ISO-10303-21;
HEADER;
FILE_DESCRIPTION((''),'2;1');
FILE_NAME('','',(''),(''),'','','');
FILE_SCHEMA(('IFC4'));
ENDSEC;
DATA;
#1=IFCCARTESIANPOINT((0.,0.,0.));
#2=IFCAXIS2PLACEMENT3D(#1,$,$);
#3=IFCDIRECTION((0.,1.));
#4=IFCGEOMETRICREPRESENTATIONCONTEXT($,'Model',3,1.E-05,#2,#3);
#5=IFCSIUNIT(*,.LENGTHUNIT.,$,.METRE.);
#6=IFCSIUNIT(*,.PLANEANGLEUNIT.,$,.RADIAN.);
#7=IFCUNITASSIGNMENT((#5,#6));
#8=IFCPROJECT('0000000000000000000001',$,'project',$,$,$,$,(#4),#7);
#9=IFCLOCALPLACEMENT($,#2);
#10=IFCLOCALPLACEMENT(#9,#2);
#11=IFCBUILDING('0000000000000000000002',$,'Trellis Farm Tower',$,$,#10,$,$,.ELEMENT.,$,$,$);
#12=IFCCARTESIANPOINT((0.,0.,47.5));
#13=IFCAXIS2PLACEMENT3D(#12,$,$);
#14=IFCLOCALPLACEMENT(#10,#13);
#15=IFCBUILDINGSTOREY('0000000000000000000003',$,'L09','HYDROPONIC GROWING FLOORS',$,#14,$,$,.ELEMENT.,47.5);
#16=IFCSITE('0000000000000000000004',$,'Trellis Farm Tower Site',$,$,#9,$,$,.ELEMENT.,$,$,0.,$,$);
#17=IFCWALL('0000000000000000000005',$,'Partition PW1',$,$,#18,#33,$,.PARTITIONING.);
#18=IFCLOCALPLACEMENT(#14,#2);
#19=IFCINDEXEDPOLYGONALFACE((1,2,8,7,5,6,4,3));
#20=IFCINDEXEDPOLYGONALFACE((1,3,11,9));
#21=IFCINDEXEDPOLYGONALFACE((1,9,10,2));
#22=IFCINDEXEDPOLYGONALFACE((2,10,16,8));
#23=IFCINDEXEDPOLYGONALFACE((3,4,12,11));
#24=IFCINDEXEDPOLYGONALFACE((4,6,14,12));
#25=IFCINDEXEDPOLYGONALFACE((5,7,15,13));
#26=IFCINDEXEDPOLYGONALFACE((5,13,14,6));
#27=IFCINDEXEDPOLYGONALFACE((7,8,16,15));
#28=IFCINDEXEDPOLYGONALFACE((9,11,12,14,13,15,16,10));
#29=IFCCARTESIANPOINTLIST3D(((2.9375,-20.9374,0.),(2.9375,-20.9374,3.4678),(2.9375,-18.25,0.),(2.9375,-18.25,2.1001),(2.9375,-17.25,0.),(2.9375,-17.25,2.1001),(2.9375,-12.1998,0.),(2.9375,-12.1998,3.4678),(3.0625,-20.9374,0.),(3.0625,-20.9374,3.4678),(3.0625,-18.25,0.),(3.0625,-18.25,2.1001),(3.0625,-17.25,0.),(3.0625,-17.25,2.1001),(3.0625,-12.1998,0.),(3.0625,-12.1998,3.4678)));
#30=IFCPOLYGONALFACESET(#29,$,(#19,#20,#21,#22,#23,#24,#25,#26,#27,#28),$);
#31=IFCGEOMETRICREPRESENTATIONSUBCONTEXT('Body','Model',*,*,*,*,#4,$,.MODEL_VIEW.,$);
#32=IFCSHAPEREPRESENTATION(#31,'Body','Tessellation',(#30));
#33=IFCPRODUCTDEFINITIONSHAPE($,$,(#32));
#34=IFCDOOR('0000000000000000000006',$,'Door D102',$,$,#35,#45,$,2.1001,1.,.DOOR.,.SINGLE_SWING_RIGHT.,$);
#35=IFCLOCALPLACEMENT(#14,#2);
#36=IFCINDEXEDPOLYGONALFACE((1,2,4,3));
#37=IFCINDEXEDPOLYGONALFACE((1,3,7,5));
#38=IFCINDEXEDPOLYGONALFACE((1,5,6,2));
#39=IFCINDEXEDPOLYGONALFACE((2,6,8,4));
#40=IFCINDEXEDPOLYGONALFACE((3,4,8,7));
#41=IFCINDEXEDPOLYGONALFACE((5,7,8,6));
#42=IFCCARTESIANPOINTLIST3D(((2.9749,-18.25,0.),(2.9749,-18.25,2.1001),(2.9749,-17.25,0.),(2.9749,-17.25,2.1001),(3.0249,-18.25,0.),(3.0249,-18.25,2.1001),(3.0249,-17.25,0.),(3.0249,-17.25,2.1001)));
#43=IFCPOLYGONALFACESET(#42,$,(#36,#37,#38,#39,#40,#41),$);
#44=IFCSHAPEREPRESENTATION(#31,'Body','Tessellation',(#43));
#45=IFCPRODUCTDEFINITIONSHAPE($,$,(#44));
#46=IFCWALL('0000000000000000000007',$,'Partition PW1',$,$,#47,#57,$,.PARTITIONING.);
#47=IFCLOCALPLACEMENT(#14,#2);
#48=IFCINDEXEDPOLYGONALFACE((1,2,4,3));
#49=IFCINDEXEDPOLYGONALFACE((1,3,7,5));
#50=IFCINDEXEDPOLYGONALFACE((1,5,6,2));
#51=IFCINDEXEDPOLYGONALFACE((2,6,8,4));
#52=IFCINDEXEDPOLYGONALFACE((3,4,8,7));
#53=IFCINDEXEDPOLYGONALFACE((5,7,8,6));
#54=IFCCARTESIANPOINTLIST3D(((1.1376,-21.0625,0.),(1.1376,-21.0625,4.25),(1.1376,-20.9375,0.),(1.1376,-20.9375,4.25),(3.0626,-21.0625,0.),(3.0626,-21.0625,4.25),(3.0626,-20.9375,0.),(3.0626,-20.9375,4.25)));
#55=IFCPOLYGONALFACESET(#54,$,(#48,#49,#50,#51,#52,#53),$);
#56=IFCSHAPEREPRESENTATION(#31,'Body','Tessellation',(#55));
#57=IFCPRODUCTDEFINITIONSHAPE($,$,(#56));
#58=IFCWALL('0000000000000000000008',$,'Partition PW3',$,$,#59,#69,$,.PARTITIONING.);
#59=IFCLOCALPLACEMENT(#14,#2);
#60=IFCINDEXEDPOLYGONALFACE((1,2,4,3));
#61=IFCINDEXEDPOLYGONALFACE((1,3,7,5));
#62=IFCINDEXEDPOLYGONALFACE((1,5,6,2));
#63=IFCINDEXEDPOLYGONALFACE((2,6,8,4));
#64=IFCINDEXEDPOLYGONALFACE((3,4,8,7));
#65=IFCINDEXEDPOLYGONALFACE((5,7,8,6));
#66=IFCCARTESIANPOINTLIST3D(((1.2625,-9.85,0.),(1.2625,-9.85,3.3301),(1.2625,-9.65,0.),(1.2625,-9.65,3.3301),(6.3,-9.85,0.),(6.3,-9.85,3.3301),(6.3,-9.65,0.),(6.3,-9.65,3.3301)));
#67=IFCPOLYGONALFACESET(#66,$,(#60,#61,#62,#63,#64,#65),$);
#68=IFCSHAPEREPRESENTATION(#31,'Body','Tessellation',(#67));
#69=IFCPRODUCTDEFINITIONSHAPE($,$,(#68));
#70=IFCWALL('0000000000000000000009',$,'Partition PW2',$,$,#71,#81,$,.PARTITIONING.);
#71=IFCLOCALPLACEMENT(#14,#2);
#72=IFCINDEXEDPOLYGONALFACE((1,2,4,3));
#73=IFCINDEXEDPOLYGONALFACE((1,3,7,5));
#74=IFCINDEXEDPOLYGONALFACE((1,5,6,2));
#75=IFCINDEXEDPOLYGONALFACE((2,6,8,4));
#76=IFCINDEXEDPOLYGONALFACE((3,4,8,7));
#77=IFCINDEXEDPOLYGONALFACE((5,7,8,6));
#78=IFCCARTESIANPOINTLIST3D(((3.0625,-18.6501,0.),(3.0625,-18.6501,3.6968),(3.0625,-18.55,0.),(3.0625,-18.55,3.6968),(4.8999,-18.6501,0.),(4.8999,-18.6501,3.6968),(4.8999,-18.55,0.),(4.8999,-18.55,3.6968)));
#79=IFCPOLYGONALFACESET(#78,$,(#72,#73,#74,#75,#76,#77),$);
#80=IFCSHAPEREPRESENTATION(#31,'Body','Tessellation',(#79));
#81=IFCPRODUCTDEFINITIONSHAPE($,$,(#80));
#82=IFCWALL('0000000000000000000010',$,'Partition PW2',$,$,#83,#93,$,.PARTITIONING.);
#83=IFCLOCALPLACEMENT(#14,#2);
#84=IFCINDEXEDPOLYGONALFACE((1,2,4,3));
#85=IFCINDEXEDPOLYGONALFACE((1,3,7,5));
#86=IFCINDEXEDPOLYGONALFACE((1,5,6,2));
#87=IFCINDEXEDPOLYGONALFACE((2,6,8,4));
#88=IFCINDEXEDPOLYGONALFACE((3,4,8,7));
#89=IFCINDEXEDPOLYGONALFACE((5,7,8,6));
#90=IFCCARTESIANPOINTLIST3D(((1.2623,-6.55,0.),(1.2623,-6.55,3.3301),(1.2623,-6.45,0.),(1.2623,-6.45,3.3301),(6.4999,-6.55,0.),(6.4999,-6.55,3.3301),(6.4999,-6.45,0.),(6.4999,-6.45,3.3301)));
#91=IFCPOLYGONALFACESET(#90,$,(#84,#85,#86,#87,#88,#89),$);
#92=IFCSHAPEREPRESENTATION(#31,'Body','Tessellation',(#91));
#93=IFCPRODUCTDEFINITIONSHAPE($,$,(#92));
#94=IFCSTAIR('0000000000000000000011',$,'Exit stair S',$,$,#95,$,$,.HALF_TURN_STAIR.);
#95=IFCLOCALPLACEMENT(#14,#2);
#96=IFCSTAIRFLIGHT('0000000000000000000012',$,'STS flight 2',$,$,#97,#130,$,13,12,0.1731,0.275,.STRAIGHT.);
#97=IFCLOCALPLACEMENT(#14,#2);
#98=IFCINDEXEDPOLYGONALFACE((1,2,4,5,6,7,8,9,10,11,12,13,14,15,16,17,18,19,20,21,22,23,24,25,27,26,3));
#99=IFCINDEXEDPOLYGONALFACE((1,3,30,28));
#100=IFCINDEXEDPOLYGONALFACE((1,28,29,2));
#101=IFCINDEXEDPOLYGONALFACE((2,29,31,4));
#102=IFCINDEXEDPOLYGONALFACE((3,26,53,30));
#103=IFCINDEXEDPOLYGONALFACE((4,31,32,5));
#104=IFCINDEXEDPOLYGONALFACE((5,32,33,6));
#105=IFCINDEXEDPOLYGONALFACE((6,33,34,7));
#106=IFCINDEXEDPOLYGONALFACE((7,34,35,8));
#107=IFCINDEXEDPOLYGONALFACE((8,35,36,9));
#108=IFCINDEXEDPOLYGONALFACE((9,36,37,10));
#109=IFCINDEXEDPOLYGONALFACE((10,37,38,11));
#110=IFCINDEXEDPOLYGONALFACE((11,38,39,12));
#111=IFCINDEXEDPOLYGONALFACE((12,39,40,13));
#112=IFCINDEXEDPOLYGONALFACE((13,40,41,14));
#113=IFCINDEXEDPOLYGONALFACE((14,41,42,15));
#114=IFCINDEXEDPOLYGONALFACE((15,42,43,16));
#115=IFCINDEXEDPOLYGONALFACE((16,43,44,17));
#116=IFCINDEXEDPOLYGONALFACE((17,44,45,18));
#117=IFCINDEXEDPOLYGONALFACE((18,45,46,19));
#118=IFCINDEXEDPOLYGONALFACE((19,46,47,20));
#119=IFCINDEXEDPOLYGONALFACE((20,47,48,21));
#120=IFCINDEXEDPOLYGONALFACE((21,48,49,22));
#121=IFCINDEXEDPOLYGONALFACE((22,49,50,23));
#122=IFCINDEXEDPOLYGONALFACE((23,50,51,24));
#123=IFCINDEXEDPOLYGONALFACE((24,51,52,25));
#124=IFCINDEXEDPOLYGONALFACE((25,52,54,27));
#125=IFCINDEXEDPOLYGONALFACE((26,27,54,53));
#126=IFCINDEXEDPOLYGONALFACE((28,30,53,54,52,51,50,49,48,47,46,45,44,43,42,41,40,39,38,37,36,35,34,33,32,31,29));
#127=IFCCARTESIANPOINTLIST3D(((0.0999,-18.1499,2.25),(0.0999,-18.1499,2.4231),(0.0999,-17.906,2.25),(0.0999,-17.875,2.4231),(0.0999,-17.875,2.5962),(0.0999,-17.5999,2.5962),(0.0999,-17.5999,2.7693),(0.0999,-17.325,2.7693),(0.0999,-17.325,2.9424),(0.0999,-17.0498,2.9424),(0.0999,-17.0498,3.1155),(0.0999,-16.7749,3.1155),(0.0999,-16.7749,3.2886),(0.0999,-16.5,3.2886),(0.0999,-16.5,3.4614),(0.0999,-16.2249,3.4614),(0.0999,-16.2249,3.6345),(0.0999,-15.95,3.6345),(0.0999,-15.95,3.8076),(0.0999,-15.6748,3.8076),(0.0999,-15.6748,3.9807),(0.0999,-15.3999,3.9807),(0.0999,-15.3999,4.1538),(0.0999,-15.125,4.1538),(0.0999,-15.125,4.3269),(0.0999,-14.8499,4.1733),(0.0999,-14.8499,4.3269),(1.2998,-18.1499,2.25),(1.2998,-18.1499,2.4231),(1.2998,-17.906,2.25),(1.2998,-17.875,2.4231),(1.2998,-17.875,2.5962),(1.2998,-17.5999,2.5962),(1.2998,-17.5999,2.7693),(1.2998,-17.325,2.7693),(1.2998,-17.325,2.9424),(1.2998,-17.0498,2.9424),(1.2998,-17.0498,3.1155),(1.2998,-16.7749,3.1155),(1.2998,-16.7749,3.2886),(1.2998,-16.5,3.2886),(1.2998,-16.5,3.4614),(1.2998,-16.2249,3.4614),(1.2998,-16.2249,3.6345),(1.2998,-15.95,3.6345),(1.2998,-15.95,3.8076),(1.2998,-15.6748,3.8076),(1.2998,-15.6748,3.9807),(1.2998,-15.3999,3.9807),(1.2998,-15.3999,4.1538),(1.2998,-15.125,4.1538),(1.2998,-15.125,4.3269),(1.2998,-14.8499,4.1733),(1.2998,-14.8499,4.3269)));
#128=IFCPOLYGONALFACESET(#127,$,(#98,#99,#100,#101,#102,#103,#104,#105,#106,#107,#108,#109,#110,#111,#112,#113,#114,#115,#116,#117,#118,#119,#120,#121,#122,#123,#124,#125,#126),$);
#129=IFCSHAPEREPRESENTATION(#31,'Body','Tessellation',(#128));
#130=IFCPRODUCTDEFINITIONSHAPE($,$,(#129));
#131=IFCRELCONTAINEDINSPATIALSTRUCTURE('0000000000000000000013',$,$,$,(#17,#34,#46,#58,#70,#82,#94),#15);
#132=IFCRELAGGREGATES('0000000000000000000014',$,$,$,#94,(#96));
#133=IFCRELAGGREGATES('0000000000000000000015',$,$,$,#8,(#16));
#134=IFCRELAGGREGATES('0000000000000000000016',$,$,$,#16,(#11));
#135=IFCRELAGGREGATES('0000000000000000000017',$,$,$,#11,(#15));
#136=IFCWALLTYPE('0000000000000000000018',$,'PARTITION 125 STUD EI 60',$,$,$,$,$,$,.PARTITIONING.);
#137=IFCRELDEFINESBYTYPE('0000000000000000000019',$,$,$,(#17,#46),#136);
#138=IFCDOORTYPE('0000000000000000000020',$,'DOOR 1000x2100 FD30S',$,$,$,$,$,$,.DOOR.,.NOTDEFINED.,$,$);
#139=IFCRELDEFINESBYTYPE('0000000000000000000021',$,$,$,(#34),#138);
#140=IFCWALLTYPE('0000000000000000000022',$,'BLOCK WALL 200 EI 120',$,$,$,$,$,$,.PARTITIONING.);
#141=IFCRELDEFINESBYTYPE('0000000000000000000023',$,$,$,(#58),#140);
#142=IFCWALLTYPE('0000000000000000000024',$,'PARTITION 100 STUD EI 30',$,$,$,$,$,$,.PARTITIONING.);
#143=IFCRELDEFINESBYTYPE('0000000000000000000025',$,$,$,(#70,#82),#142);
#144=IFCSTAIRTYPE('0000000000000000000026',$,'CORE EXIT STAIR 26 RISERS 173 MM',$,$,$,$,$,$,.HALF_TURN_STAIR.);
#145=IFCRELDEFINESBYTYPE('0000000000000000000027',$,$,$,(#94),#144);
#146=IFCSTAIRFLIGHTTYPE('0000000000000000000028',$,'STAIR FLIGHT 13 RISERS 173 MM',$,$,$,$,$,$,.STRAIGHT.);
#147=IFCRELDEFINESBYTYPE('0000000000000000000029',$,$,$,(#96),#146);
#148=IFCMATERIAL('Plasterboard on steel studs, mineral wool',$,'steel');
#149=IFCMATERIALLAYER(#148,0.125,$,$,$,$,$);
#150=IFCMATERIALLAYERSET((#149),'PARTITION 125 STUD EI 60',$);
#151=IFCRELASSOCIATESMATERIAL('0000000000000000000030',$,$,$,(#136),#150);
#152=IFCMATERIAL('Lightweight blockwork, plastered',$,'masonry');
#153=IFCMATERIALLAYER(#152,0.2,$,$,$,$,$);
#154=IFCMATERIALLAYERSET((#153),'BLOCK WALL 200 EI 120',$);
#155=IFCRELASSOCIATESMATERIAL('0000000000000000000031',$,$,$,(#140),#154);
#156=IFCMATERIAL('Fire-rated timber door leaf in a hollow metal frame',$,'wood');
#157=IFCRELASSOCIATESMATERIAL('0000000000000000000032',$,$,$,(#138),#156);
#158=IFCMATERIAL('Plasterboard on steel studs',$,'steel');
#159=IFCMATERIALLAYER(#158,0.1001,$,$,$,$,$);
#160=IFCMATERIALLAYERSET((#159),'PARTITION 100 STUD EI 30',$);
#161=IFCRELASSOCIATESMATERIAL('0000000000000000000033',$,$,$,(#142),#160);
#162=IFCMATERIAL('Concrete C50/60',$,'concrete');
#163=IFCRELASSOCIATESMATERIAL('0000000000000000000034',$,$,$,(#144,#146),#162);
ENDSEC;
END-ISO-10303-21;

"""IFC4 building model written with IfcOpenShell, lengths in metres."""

from ifc_helpers import new_model, si_unit, direction, frame, frame_2d, origin, place, context, subcontext, project, spatial, polyline, rectangle, outline, extrude, source, transform, mapped, material, layer, layer_set, type_object, element, fill, aggregate, save


model = new_model("IFC4")

# Units and contexts
model_context = context("Model", 3, precision=1e-05, world=origin(), true_north=direction((0.0, 1.0)))
body_context = subcontext(model_context, "Body", "Model", "MODEL_VIEW")
ifc_project = project(units=[si_unit("LENGTHUNIT", "METRE"), si_unit("PLANEANGLEUNIT", "RADIAN")], contexts=[model_context])

# Site, building, storey
site_placement = place(None, origin())
site = spatial("IfcSite", under=ifc_project, at=site_placement, Name="Trellis Farm Tower Site", CompositionType="ELEMENT", RefElevation=0.0)
building_placement = place(site_placement, origin())
building = spatial("IfcBuilding", under=site, at=building_placement, Name="Trellis Farm Tower", CompositionType="ELEMENT")
storey_placement = place(building_placement, frame((0.0, 0.0, 47.5)))
storey = spatial("IfcBuildingStorey", under=building, at=storey_placement, Name="L09", Description="HYDROPONIC GROWING FLOORS", CompositionType="ELEMENT", Elevation=47.5)

# Shared definitions
placement = place(storey_placement, origin())

# Shared definitions
ifc_material_1 = material(Name="Plasterboard on steel studs, mineral wool", Category="steel")
ifc_layer_1 = layer(ifc_material_1, 0.125)
ifc_layer_set_1 = layer_set([ifc_layer_1], Name="PARTITION 125 STUD EI 60")
wall_type_1 = type_object("IfcWallType", Name="PARTITION 125 STUD EI 60", PredefinedType="PARTITIONING", material=ifc_layer_set_1)
ifc_material_2 = material(Name="Lightweight blockwork, plastered", Category="masonry")
ifc_layer_2 = layer(ifc_material_2, 0.2)
ifc_layer_set_2 = layer_set([ifc_layer_2], Name="BLOCK WALL 200 EI 120")
wall_type_2 = type_object("IfcWallType", Name="BLOCK WALL 200 EI 120", PredefinedType="PARTITIONING", material=ifc_layer_set_2)

# Shared definitions
shared_shape_1 = source(origin(), body_context, "Body", "SweptSolid", [
    extrude(rectangle(XDim=1.0, YDim=2.1001, at=frame_2d((0.5, 1.05))), frame((0.0, 0.0725, 0.0), z_axis=(0.0, -1.0, 0.0), x_axis=(1.0, 0.0, 0.0)), (0.0, 0.0, 1.0), 0.145),
])
ifc_material_3 = material(Name="Fire-rated timber door leaf in a hollow metal frame", Category="wood")
door_type_1 = type_object("IfcDoorType", Name="DOOR 1000x2100 FD30S", OperationType="NOTDEFINED", PredefinedType="DOOR", material=ifc_material_3)
shared_shape_2 = source(origin(), body_context, "Body", "SweptSolid", [
    extrude(rectangle(XDim=1.0, YDim=2.1001, at=frame_2d((0.5, 1.05))), frame((0.0, 0.0249, 0.0), z_axis=(0.0, -1.0, 0.0), x_axis=(1.0, 0.0, 0.0)), (0.0, 0.0, 1.0), 0.05),
])

# Wall, opening, door
shared_shape_3 = source(origin(), body_context, "Body", "SweptSolid", [
    extrude(rectangle(XDim=8.7375, YDim=0.125, at=frame_2d((4.3687, 0.0))), origin(), (0.0, 0.0, 1.0), 3.4678),
])
wall_1_placement = place(storey_placement, frame((3.0, -12.2, 0.0), z_axis=(0.0, 0.0, 1.0), x_axis=(0.0, -1.0, 0.0)))
wall_1 = element("IfcWall", 1, at=wall_1_placement, inside=storey, type_object=wall_type_1, Name="Partition PW1", PredefinedType="PARTITIONING", context=body_context, shape_type="MappedRepresentation", body=[
    mapped(shared_shape_3, transform((0.0, 0.0, 0.0))),
])
opening_1_placement = place(wall_1_placement, frame((5.05, 0.0, 0.0)))
opening_1 = element("IfcOpeningElement", 2, at=opening_1_placement, cuts=wall_1, PredefinedType="OPENING", context=body_context, shape_type="MappedRepresentation", body=[
    mapped(shared_shape_1, transform((0.0, 0.0, 0.0))),
])
door_1_placement = place(opening_1_placement, origin())
door_1 = element("IfcDoor", 3, at=door_1_placement, inside=storey, type_object=door_type_1, Name="Door D102", OperationType="SINGLE_SWING_RIGHT", OverallHeight=2.1001, OverallWidth=1.0, PredefinedType="DOOR", context=body_context, shape_type="MappedRepresentation", body=[
    mapped(shared_shape_2, transform((0.0, 0.0, 0.0))),
])
fill(opening_1, door_1)

# Walls
shared_shape_4 = source(origin(), body_context, "Body", "SweptSolid", [
    extrude(rectangle(XDim=1.925, YDim=0.125, at=frame_2d((0.9624, 0.0))), origin(), (0.0, 0.0, 1.0), 4.25),
])
wall_2_placement = place(storey_placement, frame((3.0625, -21.0, 0.0), z_axis=(0.0, 0.0, 1.0), x_axis=(-1.0, 0.0, 0.0)))
element("IfcWall", 4, at=wall_2_placement, inside=storey, type_object=wall_type_1, Name="Partition PW1", PredefinedType="PARTITIONING", context=body_context, shape_type="MappedRepresentation", body=[
    mapped(shared_shape_4, transform((0.0, 0.0, 0.0))),
])
shared_shape_5 = source(origin(), body_context, "Body", "SweptSolid", [
    extrude(rectangle(XDim=5.0376, YDim=0.2, at=frame_2d((2.5188, 0.0))), origin(), (0.0, 0.0, 1.0), 3.3301),
])
wall_3_placement = place(storey_placement, frame((1.2625, -9.75, 0.0), z_axis=(0.0, 0.0, 1.0), x_axis=(1.0, 0.0, 0.0)))
element("IfcWall", 5, at=wall_3_placement, inside=storey, type_object=wall_type_2, Name="Partition PW3", PredefinedType="PARTITIONING", context=body_context, shape_type="MappedRepresentation", body=[
    mapped(shared_shape_5, transform((0.0, 0.0, 0.0))),
])
ifc_material_4 = material(Name="Plasterboard on steel studs", Category="steel")
ifc_layer_3 = layer(ifc_material_4, 0.1001)
ifc_layer_set_3 = layer_set([ifc_layer_3], Name="PARTITION 100 STUD EI 30")
wall_type_3 = type_object("IfcWallType", Name="PARTITION 100 STUD EI 30", PredefinedType="PARTITIONING", material=ifc_layer_set_3)
shared_shape_6 = source(origin(), body_context, "Body", "SweptSolid", [
    extrude(rectangle(XDim=1.8374, YDim=0.1001, at=frame_2d((0.9187, 0.0))), origin(), (0.0, 0.0, 1.0), 3.6968),
])
wall_4_placement = place(storey_placement, frame((3.0625, -18.6001, 0.0), z_axis=(0.0, 0.0, 1.0), x_axis=(1.0, 0.0, 0.0)))
element("IfcWall", 6, at=wall_4_placement, inside=storey, type_object=wall_type_3, Name="Partition PW2", PredefinedType="PARTITIONING", context=body_context, shape_type="MappedRepresentation", body=[
    mapped(shared_shape_6, transform((0.0, 0.0, 0.0))),
])
shared_shape_7 = source(origin(), body_context, "Body", "SweptSolid", [
    extrude(rectangle(XDim=5.2375, YDim=0.1001, at=frame_2d((2.6187, 0.0))), origin(), (0.0, 0.0, 1.0), 3.3301),
])
wall_5_placement = place(storey_placement, frame((1.2625, -6.5, 0.0), z_axis=(0.0, 0.0, 1.0), x_axis=(1.0, 0.0, 0.0)))
element("IfcWall", 7, at=wall_5_placement, inside=storey, type_object=wall_type_3, Name="Partition PW2", PredefinedType="PARTITIONING", context=body_context, shape_type="MappedRepresentation", body=[
    mapped(shared_shape_7, transform((0.0, 0.0, 0.0))),
])

# Stair, stair flight
ifc_material_5 = material(Name="Concrete C50/60", Category="concrete")
stair_type = type_object("IfcStairType", Name="CORE EXIT STAIR 26 RISERS 173 MM", PredefinedType="HALF_TURN_STAIR", material=ifc_material_5)
stair = element("IfcStair", 8, at=placement, inside=storey, type_object=stair_type, Name="Exit stair S", PredefinedType="HALF_TURN_STAIR")
stair_flight_type = type_object("IfcStairFlightType", Name="STAIR FLIGHT 13 RISERS 173 MM", PredefinedType="STRAIGHT", material=ifc_material_5)
shared_shape_8 = source(origin(), body_context, "Body", "SweptSolid", [
    extrude(outline(polyline([(0.0, 0.0), (0.0, 0.1731), (0.2749, 0.1731), (0.2749, 0.3462), (0.55, 0.3462), (0.55, 0.5193), (0.825, 0.5193), (0.825, 0.6924), (1.1001, 0.6924), (1.1001, 0.8655), (1.375, 0.8655), (1.375, 1.0386), (1.6499, 1.0386), (1.6499, 1.2114), (1.925, 1.2114), (1.925, 1.3845), (2.2, 1.3845), (2.2, 1.5576), (2.4751, 1.5576), (2.4751, 1.7307), (2.75, 1.7307), (2.75, 1.9038), (3.0249, 1.9038), (3.0249, 2.0769), (3.3, 2.0769), (3.3, 2.25), (3.3, 1.9233), (0.2439, 0.0), (0.0, 0.0)])), frame((0.0, 0.6001, 0.0), z_axis=(0.0, -1.0, 0.0), x_axis=(1.0, 0.0, 0.0)), (0.0, 0.0, 1.0), 1.2),
])
stair_flight_placement = place(storey_placement, frame((0.7, -18.1499, 2.25), z_axis=(0.0, 0.0, 1.0), x_axis=(0.0, 1.0, 0.0)))
stair_flight = element("IfcStairFlight", 9, at=stair_flight_placement, type_object=stair_flight_type, Name="STS flight 2", NumberOfRisers=13, NumberOfTreads=12, PredefinedType="STRAIGHT", RiserHeight=0.1731, TreadLength=0.275, context=body_context, shape_type="MappedRepresentation", body=[
    mapped(shared_shape_8, transform((0.0, 0.0, 0.0))),
])
aggregate(stair, [stair_flight])

save(model, "model.ifc")
